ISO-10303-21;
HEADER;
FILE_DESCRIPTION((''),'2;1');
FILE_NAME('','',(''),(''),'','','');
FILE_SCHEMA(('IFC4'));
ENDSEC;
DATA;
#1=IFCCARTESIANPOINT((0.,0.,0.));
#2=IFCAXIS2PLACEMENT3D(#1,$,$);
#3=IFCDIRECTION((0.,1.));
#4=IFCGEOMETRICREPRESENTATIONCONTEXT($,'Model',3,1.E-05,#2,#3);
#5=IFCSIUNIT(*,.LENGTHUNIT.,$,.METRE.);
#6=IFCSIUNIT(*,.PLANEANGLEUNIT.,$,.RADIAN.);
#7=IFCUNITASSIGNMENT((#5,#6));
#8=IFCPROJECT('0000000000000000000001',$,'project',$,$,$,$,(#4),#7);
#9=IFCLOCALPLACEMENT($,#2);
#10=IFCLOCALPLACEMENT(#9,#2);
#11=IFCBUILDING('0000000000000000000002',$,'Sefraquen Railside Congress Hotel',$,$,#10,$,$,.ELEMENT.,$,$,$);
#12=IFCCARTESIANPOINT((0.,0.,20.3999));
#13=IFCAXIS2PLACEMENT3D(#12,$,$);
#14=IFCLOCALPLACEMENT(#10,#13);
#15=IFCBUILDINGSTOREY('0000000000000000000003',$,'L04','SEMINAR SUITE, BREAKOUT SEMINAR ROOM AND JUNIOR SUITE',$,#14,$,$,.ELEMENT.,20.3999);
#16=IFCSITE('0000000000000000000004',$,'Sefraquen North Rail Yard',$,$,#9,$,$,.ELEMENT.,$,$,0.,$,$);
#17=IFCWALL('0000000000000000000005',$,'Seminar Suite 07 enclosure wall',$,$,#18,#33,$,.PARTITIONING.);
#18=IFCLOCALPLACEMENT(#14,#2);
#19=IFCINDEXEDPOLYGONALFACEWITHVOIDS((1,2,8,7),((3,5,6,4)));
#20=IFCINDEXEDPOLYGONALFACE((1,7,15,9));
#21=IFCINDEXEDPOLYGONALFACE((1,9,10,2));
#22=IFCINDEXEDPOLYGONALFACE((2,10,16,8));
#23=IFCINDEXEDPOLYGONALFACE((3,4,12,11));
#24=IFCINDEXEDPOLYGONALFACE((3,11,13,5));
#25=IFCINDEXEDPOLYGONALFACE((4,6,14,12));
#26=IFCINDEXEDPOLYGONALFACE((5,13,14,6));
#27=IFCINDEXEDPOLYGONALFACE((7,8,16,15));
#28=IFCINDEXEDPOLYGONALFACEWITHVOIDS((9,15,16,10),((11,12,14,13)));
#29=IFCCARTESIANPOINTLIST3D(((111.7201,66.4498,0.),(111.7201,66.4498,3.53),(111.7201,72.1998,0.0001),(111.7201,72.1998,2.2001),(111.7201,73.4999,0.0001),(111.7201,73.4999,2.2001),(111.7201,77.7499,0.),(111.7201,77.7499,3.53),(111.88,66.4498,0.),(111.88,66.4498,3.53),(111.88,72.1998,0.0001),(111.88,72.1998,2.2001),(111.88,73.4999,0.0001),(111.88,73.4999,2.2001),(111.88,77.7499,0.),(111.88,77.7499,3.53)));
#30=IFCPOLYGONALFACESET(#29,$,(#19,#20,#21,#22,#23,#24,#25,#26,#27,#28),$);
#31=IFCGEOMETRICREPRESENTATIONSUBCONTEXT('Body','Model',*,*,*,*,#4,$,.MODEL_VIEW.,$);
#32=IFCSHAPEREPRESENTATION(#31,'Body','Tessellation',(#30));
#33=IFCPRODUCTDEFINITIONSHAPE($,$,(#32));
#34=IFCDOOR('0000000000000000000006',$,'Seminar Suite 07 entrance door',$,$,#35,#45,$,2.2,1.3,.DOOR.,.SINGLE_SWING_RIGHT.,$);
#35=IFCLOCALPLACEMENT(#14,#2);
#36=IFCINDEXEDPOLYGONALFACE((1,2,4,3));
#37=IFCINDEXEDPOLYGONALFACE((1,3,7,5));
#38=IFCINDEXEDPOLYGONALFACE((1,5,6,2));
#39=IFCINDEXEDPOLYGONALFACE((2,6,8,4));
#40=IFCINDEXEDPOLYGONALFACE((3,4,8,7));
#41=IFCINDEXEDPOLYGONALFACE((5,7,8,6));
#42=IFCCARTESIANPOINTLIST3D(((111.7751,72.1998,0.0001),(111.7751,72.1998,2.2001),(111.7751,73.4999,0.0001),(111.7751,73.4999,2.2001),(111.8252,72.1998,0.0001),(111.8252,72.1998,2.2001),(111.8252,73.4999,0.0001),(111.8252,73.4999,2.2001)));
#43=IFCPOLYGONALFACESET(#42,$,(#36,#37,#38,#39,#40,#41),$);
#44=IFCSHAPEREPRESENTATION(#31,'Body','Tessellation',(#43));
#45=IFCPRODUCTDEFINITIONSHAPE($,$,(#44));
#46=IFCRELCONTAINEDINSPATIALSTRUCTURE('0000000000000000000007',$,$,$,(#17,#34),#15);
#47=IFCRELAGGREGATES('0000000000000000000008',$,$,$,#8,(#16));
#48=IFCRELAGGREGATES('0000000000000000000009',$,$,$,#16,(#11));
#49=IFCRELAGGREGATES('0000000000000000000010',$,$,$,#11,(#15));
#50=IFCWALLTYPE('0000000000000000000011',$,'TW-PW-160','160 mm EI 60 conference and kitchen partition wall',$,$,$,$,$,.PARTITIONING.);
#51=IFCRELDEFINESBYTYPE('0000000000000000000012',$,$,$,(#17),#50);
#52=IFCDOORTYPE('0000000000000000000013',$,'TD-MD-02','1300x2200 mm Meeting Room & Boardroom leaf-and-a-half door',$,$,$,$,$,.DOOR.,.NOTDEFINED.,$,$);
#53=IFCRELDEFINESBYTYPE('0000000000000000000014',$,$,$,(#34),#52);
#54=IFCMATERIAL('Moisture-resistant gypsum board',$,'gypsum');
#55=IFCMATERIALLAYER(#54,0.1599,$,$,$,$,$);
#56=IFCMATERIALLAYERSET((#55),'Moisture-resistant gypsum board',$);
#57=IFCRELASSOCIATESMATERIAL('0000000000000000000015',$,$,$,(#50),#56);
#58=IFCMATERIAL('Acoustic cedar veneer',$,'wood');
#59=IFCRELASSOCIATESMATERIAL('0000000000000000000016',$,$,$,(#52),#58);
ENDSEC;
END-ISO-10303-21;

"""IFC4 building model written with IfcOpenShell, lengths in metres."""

from ifc_helpers import new_model, si_unit, direction, frame, frame_2d, origin, place, context, subcontext, project, spatial, rectangle, extrude, material, layer, layer_set, type_object, element, fill, save


model = new_model("IFC4")

# Units and contexts
model_context = context("Model", 3, precision=1e-05, world=origin(), true_north=direction((0.0, 1.0)))
body_context = subcontext(model_context, "Body", "Model", "MODEL_VIEW")
ifc_project = project(units=[si_unit("LENGTHUNIT", "METRE"), si_unit("PLANEANGLEUNIT", "RADIAN")], contexts=[model_context])

# Site, building, storey
site_placement = place(None, origin())
site = spatial("IfcSite", under=ifc_project, at=site_placement, Name="Sefraquen North Rail Yard", CompositionType="ELEMENT", RefElevation=0.0)
building_placement = place(site_placement, origin())
building = spatial("IfcBuilding", under=site, at=building_placement, Name="Sefraquen Railside Congress Hotel", CompositionType="ELEMENT")
storey_placement = place(building_placement, frame((0.0, 0.0, 20.3999)))
storey = spatial("IfcBuildingStorey", under=building, at=storey_placement, Name="L04", Description="SEMINAR SUITE, BREAKOUT SEMINAR ROOM AND JUNIOR SUITE", CompositionType="ELEMENT", Elevation=20.3999)

# Wall, opening, door
ifc_material_1 = material(Name="Moisture-resistant gypsum board", Category="gypsum")
ifc_layer_1 = layer(ifc_material_1, 0.1599)
ifc_layer_set_1 = layer_set([ifc_layer_1], Name="Moisture-resistant gypsum board")
wall_type_1 = type_object("IfcWallType", Name="TW-PW-160", Description="160 mm EI 60 conference and kitchen partition wall", PredefinedType="PARTITIONING", material=ifc_layer_set_1)
wall_1_placement = place(storey_placement, frame((111.8, 66.45, 0.0), z_axis=(0.0, 0.0, 1.0), x_axis=(0.0, 1.0, 0.0)))
wall_1 = element("IfcWall", 1, at=wall_1_placement, inside=storey, type_object=wall_type_1, Name="Seminar Suite 07 enclosure wall", PredefinedType="PARTITIONING", context=body_context, shape_type="SweptSolid", body=[
    extrude(rectangle(XDim=11.3, YDim=0.1599, at=frame_2d((5.6499, 0.0))), origin(), (0.0, 0.0, 1.0), 3.53),
])
opening_1_placement = place(wall_1_placement, frame((5.75, 0.0, 0.0)))
opening_1 = element("IfcOpeningElement", 2, at=opening_1_placement, cuts=wall_1, PredefinedType="OPENING", context=body_context, shape_type="SweptSolid", body=[
    extrude(rectangle(XDim=1.3, YDim=2.2, at=frame_2d((0.6499, 1.1001))), frame((0.0, 0.0898, 0.0), z_axis=(0.0, -1.0, 0.0), x_axis=(1.0, 0.0, 0.0)), (0.0, 0.0, 1.0), 0.1799),
])
ifc_material_2 = material(Name="Acoustic cedar veneer", Category="wood")
door_type = type_object("IfcDoorType", Name="TD-MD-02", Description="1300x2200 mm Meeting Room & Boardroom leaf-and-a-half door", OperationType="NOTDEFINED", PredefinedType="DOOR", material=ifc_material_2)
door_placement = place(opening_1_placement, origin())
door = element("IfcDoor", 3, at=door_placement, inside=storey, type_object=door_type, Name="Seminar Suite 07 entrance door", OperationType="SINGLE_SWING_RIGHT", OverallHeight=2.2, OverallWidth=1.3, PredefinedType="DOOR", context=body_context, shape_type="SweptSolid", body=[
    extrude(rectangle(XDim=1.3, YDim=2.2, at=frame_2d((0.6499, 1.1001))), frame((0.0, 0.0249, 0.0), z_axis=(0.0, -1.0, 0.0), x_axis=(1.0, 0.0, 0.0)), (0.0, 0.0, 1.0), 0.05),
])
fill(opening_1, door)

save(model, "model.ifc")
